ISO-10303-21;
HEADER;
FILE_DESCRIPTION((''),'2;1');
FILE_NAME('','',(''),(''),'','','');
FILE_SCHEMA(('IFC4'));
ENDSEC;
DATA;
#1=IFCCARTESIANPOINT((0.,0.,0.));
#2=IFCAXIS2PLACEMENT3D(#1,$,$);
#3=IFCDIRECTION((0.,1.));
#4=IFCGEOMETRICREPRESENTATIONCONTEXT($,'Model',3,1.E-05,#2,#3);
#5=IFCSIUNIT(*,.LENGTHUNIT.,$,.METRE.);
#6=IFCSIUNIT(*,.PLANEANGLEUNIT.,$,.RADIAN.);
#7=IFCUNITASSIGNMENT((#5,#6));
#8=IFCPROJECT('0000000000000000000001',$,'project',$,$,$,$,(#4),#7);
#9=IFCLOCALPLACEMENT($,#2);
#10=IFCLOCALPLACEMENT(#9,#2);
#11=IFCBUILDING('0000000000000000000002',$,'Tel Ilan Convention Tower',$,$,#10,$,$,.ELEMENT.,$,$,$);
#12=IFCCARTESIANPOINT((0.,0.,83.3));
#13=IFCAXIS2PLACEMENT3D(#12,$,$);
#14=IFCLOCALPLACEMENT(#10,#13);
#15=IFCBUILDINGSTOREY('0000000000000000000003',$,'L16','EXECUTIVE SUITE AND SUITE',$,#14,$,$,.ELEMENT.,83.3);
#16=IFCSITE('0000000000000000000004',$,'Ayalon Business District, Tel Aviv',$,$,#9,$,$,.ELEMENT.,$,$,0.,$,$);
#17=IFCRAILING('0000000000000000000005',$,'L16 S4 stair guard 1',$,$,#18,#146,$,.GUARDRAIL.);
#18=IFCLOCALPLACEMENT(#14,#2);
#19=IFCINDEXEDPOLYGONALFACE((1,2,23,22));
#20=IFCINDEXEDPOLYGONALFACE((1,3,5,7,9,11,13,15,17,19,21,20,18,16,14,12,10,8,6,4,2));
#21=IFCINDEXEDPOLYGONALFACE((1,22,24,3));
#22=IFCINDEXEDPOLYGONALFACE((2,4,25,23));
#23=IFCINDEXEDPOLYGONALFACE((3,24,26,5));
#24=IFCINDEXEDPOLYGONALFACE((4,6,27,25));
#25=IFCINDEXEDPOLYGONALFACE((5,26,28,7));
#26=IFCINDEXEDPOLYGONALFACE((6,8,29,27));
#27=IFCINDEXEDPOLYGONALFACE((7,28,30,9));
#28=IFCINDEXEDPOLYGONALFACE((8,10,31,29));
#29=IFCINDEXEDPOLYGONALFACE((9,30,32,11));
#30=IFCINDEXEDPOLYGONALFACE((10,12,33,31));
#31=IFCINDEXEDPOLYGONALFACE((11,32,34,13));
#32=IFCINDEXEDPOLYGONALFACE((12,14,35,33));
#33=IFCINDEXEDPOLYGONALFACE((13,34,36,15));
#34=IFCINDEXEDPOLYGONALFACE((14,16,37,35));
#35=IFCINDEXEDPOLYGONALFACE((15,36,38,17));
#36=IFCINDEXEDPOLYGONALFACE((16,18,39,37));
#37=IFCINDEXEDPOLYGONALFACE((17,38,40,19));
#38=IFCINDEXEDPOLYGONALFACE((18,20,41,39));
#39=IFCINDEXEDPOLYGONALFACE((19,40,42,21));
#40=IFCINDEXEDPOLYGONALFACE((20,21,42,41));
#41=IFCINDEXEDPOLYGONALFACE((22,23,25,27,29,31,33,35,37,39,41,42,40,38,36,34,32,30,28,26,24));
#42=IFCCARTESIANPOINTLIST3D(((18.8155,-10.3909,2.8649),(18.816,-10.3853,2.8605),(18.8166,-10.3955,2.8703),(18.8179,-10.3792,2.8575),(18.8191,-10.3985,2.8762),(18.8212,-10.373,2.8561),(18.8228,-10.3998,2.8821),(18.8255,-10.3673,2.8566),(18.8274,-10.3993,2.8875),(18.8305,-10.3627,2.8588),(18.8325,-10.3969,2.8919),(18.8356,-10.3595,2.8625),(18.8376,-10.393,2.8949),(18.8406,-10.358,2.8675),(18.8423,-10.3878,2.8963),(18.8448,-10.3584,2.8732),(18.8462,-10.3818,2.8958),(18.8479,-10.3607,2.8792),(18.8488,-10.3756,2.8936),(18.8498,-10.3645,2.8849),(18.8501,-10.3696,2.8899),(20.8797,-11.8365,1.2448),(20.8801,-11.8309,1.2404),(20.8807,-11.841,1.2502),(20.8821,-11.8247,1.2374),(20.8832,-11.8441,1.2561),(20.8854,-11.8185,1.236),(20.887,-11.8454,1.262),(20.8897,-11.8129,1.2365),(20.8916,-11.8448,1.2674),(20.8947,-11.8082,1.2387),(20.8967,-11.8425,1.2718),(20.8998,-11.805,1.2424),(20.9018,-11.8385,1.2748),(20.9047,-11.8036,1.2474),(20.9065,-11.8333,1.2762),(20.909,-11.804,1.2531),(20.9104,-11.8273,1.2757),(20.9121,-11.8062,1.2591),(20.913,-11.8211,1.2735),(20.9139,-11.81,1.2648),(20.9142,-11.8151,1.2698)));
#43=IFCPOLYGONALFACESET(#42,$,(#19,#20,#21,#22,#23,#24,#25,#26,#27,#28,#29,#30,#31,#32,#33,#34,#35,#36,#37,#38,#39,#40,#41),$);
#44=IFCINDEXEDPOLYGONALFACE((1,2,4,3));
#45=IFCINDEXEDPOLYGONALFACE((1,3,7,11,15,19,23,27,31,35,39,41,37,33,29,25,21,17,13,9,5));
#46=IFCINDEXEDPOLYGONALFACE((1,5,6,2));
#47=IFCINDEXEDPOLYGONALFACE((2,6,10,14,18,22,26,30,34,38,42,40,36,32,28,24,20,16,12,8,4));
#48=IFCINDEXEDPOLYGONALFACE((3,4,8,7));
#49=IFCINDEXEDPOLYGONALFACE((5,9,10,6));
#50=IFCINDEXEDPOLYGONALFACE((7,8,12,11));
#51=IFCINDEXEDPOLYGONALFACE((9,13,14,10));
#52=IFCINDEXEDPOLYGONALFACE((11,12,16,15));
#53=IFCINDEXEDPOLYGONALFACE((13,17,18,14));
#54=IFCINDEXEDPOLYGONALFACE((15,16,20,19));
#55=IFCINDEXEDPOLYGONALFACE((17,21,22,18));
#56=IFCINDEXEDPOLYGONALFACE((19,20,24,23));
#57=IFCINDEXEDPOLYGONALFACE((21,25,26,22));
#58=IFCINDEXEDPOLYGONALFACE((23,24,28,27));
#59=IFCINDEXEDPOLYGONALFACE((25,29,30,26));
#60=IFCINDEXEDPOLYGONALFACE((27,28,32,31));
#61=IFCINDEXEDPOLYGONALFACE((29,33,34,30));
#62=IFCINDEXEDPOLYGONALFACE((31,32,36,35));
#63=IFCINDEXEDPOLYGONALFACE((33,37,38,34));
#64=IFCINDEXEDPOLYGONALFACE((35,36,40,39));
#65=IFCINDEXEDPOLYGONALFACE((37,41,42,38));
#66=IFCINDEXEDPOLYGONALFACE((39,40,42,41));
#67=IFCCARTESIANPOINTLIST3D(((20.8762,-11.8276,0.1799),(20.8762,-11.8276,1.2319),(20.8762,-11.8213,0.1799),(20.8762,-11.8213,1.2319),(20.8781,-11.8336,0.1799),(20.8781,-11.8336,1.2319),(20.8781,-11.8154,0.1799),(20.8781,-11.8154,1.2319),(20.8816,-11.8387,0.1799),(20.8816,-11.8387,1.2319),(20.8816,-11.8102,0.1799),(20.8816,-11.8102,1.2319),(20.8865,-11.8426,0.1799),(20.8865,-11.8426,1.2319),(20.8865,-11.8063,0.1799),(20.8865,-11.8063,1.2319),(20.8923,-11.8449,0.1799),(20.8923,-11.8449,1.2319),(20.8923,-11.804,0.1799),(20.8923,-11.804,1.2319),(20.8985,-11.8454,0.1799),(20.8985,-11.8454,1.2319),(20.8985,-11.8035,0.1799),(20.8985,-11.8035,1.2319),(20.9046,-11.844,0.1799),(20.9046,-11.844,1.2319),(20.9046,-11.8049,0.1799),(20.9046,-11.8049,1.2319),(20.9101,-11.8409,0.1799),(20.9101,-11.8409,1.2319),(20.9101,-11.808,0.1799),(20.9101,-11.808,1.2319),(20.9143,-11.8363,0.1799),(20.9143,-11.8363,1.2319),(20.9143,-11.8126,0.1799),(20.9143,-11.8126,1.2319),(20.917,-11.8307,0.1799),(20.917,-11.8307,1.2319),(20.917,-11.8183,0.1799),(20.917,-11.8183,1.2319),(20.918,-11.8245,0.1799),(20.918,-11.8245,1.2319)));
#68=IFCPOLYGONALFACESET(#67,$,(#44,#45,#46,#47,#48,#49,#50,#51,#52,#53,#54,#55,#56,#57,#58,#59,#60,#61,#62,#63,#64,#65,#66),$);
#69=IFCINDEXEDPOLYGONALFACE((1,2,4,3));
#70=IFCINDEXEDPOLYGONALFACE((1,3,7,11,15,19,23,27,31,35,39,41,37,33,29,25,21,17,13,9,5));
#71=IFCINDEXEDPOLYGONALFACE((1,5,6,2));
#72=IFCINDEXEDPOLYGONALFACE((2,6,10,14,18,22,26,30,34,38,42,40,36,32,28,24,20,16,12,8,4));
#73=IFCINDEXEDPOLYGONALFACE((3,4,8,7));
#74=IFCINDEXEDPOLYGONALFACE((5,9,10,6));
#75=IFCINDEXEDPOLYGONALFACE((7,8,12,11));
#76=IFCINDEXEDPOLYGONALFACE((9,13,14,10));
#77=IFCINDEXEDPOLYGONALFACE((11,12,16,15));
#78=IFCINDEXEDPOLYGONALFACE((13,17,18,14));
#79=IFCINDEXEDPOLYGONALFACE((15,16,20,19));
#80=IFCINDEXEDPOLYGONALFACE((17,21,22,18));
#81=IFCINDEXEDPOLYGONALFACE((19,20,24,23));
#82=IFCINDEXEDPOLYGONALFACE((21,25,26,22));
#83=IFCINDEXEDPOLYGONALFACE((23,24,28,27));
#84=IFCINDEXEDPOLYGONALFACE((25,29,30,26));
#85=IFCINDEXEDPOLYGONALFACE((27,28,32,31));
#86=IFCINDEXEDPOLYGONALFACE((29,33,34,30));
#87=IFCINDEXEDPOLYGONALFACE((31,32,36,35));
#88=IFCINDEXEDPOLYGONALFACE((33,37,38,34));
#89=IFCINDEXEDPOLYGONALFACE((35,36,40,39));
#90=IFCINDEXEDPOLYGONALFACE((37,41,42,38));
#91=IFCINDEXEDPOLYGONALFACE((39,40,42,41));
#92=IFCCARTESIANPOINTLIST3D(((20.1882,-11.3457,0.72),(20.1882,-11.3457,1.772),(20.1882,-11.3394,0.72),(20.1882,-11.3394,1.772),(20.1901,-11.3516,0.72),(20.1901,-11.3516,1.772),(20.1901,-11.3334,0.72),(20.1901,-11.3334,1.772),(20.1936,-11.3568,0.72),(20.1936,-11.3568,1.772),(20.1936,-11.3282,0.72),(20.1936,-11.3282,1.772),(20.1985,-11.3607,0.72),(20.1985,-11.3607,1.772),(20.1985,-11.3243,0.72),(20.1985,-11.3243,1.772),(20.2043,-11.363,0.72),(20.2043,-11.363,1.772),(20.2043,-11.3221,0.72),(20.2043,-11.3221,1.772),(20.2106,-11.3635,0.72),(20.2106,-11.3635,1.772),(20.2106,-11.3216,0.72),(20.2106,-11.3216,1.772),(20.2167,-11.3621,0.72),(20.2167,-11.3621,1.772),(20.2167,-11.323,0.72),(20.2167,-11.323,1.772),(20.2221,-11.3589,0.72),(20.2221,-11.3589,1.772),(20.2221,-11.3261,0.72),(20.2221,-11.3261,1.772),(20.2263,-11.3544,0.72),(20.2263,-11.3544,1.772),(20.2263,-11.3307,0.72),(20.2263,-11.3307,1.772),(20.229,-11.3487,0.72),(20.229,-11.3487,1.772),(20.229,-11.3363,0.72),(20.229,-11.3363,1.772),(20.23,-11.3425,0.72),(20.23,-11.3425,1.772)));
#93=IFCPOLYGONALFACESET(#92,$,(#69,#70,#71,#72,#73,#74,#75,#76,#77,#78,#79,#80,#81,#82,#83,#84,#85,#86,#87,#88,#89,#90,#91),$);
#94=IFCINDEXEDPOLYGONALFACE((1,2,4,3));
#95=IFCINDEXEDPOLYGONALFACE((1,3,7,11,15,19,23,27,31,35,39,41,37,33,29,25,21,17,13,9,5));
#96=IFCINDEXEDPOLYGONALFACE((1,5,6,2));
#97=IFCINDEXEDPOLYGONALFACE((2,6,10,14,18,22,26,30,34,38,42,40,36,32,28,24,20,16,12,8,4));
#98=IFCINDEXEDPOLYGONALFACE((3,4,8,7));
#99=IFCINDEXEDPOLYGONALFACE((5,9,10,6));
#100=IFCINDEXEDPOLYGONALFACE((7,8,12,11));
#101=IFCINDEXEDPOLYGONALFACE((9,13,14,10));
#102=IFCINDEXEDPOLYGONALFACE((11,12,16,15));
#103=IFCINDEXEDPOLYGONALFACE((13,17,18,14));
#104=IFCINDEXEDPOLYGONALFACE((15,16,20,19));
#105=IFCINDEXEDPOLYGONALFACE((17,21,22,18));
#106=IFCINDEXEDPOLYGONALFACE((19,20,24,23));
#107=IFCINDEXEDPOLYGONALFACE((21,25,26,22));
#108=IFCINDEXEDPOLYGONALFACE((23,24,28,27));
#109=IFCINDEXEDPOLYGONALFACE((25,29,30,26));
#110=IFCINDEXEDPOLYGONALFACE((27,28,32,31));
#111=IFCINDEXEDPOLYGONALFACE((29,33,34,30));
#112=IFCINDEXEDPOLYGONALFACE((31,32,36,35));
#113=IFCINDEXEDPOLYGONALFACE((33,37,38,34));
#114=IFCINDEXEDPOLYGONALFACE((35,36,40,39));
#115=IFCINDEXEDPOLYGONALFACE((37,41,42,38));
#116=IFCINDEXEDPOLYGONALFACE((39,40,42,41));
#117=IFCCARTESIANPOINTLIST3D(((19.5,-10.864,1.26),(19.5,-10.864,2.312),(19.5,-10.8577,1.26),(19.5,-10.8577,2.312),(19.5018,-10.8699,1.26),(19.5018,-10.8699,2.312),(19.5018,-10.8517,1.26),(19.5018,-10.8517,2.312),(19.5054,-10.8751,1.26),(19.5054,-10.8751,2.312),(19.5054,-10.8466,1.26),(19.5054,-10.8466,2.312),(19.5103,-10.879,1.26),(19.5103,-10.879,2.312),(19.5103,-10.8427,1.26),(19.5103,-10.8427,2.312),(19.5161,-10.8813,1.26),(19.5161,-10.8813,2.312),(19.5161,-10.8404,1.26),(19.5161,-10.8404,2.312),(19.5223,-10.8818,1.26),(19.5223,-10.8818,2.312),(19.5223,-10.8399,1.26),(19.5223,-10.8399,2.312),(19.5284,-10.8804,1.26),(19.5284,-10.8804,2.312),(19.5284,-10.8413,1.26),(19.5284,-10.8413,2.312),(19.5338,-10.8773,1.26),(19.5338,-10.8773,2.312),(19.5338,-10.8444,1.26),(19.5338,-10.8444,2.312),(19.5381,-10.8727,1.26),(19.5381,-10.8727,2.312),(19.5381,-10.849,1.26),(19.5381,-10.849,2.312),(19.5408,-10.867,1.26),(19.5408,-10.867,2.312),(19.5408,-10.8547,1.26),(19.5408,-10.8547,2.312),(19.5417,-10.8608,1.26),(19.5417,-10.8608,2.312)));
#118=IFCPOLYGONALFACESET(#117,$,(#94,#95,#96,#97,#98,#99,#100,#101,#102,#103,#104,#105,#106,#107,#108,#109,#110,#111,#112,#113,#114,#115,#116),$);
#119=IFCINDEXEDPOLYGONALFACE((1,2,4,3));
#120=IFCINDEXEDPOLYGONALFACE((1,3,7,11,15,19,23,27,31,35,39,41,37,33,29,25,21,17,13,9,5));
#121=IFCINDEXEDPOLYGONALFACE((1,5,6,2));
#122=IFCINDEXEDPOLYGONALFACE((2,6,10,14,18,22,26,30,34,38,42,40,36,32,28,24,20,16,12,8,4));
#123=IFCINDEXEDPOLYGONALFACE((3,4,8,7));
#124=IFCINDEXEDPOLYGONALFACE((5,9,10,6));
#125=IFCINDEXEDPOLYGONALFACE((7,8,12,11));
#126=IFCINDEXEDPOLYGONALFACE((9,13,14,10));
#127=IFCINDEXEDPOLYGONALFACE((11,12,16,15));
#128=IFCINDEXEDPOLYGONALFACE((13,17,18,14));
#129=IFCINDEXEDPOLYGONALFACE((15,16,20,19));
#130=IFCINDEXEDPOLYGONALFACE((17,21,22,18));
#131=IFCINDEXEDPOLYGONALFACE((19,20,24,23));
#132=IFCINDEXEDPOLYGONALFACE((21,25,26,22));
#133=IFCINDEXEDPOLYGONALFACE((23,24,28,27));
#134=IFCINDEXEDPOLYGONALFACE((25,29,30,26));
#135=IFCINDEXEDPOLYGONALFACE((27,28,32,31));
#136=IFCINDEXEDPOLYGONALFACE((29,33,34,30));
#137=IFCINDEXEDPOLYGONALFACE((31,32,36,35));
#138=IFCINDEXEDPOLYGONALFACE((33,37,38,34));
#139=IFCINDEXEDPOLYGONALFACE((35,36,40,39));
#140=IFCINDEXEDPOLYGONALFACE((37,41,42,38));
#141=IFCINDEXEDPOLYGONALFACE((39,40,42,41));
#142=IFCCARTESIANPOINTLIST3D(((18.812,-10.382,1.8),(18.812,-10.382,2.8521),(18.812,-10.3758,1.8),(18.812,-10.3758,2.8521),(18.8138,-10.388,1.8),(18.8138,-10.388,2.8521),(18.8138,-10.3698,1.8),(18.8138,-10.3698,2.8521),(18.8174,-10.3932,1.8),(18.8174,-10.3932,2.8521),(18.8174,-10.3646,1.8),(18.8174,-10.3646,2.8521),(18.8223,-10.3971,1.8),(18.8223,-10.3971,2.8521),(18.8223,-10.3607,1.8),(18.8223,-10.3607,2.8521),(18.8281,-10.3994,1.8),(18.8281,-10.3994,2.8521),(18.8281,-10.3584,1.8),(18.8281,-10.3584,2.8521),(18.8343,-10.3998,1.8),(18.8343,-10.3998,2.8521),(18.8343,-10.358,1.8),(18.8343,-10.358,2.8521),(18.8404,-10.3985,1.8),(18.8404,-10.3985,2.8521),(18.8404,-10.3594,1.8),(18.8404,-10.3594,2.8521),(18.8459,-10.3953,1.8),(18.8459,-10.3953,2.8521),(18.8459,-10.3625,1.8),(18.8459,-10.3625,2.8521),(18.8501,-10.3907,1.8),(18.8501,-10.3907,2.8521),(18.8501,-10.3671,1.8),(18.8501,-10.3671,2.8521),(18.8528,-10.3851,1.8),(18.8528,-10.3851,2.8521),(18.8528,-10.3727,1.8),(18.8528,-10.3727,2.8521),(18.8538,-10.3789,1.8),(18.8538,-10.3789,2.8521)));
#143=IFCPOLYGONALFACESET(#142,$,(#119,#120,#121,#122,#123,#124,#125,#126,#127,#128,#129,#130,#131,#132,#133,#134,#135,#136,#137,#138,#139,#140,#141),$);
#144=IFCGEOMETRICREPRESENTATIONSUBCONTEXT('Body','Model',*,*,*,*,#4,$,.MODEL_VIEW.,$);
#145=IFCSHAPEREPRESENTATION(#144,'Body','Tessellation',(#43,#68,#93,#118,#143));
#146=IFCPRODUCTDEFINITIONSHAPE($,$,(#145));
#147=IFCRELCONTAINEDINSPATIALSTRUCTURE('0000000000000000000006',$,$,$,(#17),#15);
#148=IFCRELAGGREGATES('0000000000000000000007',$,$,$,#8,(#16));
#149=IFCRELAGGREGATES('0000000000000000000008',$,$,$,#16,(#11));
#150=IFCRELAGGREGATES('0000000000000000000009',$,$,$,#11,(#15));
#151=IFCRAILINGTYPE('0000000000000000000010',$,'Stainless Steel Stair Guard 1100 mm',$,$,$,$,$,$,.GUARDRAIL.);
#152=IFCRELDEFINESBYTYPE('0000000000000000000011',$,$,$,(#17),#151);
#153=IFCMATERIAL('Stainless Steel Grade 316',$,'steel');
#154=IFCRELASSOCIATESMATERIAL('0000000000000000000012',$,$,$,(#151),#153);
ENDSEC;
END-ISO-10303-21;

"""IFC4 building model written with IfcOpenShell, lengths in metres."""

from ifc_helpers import new_model, si_unit, direction, frame, origin, origin_2d, place, context, subcontext, project, spatial, circle, extrude, material, type_object, element, save


model = new_model("IFC4")

# Units and contexts
model_context = context("Model", 3, precision=1e-05, world=origin(), true_north=direction((0.0, 1.0)))
body_context = subcontext(model_context, "Body", "Model", "MODEL_VIEW")
ifc_project = project(units=[si_unit("LENGTHUNIT", "METRE"), si_unit("PLANEANGLEUNIT", "RADIAN")], contexts=[model_context])

# Site, building, storey
site_placement = place(None, origin())
site = spatial("IfcSite", under=ifc_project, at=site_placement, Name="Ayalon Business District, Tel Aviv", CompositionType="ELEMENT", RefElevation=0.0)
building_placement = place(site_placement, origin())
building = spatial("IfcBuilding", under=site, at=building_placement, Name="Tel Ilan Convention Tower", CompositionType="ELEMENT")
storey_placement = place(building_placement, frame((0.0, 0.0, 83.3)))
storey = spatial("IfcBuildingStorey", under=building, at=storey_placement, Name="L16", Description="EXECUTIVE SUITE AND SUITE", CompositionType="ELEMENT", Elevation=83.3)

# Railing
ifc_material_1 = material(Name="Stainless Steel Grade 316", Category="steel")
railing_type_1 = type_object("IfcRailingType", Name="Stainless Steel Stair Guard 1100 mm", PredefinedType="GUARDRAIL", material=ifc_material_1)
railing_1_placement = place(storey_placement, frame((20.897, -11.8245, 0.1799)))
element("IfcRailing", 1, at=railing_1_placement, inside=storey, type_object=railing_type_1, Name="L16 S4 stair guard 1", PredefinedType="GUARDRAIL", context=body_context, shape_type="SweptSolid", body=[
    extrude(circle(Radius=0.0239, at=origin_2d()), frame((0.0, 0.0, 1.0762), z_axis=(-0.689013, 0.482513, 0.540779), x_axis=(-0.573625, -0.819118, 0.0)), (0.0, 0.0, 1.0), 2.9958),
    extrude(circle(Radius=0.021, at=origin_2d()), origin(), (0.0, 0.0, 1.0), 1.052),
    extrude(circle(Radius=0.021, at=origin_2d()), frame((-0.688, 0.4819, 0.54)), (0.0, 0.0, 1.0), 1.052),
    extrude(circle(Radius=0.021, at=origin_2d()), frame((-1.3762, 0.9636, 1.0801)), (0.0, 0.0, 1.0), 1.052),
    extrude(circle(Radius=0.021, at=origin_2d()), frame((-2.0642, 1.4456, 1.6201)), (0.0, 0.0, 1.0), 1.052),
])

save(model, "model.ifc")
